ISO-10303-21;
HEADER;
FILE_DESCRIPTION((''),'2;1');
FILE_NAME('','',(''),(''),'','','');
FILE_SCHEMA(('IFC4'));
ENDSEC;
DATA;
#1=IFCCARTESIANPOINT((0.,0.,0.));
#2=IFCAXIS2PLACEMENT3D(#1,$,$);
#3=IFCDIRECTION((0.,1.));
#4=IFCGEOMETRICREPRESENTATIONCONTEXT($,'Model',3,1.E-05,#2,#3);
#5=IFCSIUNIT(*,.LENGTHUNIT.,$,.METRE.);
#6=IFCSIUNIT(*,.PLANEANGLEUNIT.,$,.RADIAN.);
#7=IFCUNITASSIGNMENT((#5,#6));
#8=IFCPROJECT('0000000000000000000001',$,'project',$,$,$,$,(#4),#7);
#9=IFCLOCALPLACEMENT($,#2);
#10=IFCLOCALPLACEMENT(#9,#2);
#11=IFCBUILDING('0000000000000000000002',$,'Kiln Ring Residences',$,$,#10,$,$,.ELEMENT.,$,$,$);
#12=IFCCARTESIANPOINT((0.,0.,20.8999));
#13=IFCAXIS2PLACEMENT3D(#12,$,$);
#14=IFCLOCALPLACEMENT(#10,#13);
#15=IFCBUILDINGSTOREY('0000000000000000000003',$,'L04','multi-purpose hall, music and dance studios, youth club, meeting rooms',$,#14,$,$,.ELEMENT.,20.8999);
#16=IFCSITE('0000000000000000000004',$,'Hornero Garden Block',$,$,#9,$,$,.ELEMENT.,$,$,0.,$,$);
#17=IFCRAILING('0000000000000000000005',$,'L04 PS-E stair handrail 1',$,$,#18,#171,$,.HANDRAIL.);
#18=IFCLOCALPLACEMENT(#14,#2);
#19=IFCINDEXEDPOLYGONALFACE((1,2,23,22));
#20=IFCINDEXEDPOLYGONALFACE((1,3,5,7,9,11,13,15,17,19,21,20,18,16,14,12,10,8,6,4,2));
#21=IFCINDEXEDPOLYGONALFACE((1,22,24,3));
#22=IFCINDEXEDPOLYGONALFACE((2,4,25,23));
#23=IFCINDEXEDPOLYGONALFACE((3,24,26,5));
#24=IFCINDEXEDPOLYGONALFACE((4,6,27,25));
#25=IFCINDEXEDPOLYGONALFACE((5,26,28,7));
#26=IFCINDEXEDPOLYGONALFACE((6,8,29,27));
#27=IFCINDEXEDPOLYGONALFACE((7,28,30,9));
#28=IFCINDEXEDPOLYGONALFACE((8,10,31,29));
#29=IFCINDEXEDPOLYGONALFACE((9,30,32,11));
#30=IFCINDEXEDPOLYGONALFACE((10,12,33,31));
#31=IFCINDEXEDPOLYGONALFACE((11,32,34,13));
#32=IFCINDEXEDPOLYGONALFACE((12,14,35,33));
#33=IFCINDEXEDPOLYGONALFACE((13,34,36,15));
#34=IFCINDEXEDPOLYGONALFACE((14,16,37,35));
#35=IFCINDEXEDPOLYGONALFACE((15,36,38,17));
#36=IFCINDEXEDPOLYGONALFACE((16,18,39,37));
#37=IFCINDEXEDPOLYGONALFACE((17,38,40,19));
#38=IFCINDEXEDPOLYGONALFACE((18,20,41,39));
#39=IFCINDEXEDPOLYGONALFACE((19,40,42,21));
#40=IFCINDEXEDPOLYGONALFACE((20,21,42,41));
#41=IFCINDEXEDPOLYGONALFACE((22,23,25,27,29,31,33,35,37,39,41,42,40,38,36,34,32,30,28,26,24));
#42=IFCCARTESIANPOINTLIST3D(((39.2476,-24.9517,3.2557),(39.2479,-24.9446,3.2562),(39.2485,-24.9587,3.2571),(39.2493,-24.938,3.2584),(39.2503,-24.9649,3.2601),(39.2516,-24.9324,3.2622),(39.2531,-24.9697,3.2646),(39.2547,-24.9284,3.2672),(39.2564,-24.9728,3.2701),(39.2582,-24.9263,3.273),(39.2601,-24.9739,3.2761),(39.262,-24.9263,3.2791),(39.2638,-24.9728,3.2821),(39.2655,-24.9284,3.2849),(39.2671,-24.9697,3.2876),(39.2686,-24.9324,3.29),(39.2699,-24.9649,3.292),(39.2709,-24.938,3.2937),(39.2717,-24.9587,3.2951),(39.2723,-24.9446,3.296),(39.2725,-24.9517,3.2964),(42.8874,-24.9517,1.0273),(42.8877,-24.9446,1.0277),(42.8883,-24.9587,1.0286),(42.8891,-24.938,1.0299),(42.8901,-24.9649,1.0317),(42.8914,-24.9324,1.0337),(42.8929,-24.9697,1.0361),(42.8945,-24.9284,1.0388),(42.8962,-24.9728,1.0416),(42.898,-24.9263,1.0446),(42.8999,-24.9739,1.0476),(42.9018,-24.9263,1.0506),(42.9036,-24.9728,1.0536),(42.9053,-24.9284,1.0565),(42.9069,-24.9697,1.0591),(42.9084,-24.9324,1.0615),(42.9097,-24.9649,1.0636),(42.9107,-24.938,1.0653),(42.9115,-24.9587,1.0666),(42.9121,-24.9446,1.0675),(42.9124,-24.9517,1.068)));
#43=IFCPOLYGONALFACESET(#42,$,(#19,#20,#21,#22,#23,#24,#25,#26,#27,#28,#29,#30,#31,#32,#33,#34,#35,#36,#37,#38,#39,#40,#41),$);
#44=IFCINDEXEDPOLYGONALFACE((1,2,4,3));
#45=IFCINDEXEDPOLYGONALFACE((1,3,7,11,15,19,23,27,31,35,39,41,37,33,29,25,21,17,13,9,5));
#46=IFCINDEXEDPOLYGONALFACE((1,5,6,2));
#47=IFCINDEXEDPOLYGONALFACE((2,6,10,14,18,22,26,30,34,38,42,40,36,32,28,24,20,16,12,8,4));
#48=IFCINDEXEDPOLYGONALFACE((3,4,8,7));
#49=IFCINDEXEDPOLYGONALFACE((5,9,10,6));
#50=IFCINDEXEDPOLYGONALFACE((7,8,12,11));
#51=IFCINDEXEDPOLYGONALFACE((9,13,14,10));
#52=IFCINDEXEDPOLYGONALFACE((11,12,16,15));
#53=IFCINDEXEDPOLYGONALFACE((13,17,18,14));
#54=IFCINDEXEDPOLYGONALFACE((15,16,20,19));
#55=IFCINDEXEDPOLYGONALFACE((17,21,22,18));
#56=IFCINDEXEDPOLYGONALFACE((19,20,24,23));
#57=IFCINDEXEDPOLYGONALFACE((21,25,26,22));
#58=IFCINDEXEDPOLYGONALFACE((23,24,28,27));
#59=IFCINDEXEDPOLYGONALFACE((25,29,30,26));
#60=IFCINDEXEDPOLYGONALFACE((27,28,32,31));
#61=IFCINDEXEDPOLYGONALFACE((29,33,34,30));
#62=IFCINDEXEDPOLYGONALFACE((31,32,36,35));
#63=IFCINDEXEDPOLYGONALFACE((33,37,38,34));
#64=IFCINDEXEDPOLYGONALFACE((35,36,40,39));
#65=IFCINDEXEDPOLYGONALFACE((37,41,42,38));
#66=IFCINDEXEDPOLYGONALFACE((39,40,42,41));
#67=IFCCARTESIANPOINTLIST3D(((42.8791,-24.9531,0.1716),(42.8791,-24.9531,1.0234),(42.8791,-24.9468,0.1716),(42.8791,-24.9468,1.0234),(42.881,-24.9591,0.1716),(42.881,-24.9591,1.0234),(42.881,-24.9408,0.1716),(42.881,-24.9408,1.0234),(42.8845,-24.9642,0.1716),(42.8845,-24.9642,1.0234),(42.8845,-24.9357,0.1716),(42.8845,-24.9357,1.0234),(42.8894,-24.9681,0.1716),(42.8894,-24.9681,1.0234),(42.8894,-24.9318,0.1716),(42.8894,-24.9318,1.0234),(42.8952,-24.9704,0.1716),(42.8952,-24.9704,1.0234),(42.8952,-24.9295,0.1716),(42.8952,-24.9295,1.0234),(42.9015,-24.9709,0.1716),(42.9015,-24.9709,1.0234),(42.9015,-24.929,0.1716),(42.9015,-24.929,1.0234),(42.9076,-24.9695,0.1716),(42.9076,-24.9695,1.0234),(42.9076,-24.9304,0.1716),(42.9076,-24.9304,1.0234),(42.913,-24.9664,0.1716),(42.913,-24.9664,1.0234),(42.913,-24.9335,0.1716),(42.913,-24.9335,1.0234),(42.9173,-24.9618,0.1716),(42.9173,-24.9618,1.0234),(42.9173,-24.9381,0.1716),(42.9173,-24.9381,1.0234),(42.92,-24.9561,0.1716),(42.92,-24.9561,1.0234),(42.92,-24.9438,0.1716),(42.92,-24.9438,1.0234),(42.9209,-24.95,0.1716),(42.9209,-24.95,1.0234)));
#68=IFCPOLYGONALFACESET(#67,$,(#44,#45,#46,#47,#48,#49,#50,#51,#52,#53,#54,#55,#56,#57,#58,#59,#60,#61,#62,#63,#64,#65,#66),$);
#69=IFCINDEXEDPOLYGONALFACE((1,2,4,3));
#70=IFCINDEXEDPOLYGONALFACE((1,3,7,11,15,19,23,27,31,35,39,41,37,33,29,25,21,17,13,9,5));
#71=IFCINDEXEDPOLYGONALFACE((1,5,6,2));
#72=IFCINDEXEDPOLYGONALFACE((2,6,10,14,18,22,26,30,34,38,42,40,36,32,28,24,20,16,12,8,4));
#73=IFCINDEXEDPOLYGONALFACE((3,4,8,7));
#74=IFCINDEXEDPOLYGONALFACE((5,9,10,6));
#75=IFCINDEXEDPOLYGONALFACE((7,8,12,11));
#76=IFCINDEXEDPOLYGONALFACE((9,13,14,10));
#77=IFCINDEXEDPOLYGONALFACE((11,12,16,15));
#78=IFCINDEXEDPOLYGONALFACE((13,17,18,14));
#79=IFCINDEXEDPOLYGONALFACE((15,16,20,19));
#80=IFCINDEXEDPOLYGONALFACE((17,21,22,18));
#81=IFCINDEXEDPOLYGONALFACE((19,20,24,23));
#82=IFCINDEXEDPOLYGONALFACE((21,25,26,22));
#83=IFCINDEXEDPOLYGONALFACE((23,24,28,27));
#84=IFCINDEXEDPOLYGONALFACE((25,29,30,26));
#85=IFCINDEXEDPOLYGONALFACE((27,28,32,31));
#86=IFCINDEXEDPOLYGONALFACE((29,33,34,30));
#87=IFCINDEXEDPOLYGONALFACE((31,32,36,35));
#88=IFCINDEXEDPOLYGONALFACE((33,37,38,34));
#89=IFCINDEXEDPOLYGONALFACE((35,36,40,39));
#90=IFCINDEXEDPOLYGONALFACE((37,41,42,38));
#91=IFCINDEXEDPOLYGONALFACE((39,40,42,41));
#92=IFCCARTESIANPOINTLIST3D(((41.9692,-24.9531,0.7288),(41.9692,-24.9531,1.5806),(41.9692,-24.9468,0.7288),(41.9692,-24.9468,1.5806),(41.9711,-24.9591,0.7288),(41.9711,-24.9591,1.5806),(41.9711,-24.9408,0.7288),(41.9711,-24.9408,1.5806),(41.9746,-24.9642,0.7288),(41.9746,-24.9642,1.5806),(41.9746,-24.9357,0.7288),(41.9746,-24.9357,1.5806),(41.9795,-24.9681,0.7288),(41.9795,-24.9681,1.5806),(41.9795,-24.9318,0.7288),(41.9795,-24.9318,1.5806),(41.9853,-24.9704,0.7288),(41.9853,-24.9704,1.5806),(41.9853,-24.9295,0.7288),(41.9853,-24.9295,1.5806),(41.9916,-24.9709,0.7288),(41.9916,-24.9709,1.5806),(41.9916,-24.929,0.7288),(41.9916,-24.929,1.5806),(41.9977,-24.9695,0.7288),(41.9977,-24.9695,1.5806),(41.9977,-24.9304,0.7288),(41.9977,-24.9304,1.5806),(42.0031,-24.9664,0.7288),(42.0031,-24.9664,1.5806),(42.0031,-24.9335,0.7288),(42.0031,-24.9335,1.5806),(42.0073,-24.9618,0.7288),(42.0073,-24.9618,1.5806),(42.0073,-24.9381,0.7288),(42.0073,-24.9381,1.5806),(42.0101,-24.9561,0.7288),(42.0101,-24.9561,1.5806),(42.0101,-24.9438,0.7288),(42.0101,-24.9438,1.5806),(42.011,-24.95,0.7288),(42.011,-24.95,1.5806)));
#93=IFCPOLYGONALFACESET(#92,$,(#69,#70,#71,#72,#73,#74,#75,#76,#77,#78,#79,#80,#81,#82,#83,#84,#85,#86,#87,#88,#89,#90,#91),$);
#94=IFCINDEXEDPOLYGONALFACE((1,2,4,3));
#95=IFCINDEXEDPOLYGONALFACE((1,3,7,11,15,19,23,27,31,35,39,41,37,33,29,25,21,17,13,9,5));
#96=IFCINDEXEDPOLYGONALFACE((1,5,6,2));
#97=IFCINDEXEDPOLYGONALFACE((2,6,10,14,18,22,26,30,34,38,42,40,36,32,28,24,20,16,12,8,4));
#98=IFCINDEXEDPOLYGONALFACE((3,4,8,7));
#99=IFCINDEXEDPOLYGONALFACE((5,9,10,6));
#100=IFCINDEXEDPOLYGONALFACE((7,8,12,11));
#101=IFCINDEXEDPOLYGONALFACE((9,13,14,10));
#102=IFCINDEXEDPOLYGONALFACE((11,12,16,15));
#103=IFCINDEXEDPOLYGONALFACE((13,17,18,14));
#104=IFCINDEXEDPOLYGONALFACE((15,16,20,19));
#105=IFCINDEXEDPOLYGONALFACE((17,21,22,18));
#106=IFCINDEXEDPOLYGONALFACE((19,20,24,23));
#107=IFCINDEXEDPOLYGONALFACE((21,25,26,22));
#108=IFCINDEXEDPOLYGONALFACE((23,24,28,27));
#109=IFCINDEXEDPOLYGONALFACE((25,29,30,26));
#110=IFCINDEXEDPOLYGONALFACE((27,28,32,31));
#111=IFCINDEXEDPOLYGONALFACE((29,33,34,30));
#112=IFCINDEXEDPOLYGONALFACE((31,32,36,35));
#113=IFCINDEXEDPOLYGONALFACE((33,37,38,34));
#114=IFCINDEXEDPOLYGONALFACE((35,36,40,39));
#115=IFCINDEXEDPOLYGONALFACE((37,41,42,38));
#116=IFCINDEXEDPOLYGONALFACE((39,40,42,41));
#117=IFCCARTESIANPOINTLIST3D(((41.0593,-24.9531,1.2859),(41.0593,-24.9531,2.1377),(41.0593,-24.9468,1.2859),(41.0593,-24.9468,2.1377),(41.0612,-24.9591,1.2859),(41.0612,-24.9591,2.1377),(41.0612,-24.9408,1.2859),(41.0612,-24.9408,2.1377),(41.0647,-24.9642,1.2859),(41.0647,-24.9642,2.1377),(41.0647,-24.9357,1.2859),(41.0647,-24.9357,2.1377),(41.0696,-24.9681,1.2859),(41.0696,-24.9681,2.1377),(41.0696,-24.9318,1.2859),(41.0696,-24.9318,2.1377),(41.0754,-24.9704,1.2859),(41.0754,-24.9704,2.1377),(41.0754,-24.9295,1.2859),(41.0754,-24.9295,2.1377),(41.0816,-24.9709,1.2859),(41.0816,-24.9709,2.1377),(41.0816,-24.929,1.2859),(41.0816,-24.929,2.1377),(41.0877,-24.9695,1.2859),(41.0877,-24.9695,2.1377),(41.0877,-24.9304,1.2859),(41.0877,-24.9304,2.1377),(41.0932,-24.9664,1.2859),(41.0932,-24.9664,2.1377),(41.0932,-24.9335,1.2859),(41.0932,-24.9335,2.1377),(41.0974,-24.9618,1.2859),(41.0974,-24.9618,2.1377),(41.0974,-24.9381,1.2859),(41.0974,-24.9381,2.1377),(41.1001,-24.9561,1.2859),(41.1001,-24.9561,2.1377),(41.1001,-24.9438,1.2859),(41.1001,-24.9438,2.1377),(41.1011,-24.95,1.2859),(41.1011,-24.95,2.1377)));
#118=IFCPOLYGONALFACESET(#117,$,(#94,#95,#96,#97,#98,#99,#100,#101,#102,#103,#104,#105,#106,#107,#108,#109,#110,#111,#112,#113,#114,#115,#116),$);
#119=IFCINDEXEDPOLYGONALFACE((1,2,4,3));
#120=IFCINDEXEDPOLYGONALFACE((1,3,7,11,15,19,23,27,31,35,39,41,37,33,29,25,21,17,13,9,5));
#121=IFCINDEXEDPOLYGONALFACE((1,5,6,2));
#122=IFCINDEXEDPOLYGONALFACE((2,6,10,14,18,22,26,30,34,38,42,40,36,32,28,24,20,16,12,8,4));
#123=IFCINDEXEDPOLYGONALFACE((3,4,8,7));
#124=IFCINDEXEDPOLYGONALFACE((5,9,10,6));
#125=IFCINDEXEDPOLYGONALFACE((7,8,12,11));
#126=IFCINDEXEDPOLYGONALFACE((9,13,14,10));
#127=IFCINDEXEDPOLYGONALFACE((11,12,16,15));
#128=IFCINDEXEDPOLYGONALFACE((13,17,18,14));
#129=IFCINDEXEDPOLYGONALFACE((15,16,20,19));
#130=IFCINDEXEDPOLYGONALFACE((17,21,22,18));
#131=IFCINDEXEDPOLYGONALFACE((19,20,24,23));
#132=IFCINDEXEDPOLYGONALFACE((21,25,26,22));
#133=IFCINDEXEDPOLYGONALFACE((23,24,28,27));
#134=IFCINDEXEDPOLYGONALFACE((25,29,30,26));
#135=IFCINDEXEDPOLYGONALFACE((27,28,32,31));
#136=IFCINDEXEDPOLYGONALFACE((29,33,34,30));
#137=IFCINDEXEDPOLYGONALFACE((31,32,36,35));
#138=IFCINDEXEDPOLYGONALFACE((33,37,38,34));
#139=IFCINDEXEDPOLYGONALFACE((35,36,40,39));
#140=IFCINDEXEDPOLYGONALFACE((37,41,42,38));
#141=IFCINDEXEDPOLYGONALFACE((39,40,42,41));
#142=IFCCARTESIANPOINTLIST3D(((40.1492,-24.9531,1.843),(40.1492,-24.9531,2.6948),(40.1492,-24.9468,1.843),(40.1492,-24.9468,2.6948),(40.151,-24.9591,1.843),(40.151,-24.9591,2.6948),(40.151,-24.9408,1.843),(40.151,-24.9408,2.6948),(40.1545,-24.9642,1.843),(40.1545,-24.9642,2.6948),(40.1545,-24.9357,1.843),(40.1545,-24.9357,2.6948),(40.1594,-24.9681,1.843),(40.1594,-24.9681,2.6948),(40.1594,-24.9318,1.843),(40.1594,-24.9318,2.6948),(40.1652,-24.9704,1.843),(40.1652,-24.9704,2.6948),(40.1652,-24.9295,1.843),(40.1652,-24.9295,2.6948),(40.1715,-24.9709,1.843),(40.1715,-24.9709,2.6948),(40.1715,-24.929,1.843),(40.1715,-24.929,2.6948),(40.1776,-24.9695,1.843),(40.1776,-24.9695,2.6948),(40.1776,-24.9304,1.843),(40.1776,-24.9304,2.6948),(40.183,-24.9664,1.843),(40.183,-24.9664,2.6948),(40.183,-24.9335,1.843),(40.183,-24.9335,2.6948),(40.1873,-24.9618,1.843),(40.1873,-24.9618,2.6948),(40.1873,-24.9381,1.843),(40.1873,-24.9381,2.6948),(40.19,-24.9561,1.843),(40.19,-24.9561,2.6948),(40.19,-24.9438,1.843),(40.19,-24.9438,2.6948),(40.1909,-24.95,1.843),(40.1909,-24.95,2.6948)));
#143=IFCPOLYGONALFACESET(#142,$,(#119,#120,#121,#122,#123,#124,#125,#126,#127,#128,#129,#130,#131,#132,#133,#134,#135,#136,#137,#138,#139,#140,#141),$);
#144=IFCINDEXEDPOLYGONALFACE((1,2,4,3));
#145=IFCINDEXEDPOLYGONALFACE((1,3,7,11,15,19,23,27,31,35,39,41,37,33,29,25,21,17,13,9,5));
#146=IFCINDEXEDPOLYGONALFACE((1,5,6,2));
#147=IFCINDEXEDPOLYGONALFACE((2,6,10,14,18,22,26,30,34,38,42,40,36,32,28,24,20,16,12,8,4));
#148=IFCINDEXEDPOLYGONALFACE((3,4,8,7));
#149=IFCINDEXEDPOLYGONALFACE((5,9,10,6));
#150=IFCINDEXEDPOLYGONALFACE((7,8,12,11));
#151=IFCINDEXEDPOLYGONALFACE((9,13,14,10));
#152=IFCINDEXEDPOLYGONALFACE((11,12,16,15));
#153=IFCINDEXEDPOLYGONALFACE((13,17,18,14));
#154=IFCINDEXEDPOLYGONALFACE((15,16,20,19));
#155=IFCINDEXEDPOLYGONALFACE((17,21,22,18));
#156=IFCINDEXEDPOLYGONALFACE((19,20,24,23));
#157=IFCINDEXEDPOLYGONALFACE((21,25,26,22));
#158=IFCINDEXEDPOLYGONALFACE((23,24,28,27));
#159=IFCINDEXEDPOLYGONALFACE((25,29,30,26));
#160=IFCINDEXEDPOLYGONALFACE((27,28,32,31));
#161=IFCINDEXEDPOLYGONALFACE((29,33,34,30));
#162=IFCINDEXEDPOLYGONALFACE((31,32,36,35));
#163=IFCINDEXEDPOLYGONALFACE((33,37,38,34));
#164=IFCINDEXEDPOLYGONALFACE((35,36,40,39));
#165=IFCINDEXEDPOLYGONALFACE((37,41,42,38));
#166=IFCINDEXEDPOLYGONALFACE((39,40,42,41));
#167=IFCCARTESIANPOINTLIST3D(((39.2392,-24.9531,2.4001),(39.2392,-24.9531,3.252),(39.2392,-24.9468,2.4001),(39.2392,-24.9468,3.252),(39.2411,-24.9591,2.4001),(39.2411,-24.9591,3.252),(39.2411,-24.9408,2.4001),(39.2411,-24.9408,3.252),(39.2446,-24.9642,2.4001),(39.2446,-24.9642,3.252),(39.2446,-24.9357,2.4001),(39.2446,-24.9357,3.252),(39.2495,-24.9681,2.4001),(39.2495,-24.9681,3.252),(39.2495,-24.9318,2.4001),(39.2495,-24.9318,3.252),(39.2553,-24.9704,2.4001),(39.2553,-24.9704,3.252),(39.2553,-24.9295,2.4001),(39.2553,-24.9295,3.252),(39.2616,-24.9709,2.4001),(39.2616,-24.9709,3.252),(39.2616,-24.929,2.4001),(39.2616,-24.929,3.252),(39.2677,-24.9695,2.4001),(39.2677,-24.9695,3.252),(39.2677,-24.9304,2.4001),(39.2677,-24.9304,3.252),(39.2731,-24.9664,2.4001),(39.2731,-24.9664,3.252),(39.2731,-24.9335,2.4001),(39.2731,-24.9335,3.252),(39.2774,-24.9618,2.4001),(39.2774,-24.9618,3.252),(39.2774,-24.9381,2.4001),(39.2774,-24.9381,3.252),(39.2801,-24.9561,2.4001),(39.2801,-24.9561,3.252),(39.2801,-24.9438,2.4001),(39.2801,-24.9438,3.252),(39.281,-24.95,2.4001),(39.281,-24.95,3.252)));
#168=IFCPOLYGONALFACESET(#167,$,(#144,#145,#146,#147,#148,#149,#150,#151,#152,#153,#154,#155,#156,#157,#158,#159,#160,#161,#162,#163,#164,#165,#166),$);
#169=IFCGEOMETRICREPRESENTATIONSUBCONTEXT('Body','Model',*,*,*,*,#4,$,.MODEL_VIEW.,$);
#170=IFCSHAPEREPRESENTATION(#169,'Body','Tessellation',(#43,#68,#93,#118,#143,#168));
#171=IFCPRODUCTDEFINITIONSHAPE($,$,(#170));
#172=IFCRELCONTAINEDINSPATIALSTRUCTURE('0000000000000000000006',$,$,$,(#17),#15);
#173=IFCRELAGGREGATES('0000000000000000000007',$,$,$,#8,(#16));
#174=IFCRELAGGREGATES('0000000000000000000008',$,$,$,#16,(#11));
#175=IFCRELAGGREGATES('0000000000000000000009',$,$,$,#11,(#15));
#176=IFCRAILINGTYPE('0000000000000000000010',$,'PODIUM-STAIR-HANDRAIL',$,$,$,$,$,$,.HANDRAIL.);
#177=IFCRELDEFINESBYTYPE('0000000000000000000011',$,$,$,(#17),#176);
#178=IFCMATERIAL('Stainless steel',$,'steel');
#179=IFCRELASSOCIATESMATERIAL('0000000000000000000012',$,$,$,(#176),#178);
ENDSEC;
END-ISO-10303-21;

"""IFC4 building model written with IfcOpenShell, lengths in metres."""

from ifc_helpers import new_model, si_unit, direction, frame, origin, origin_2d, place, context, subcontext, project, spatial, circle, extrude, material, type_object, element, save


model = new_model("IFC4")

# Units and contexts
model_context = context("Model", 3, precision=1e-05, world=origin(), true_north=direction((0.0, 1.0)))
body_context = subcontext(model_context, "Body", "Model", "MODEL_VIEW")
ifc_project = project(units=[si_unit("LENGTHUNIT", "METRE"), si_unit("PLANEANGLEUNIT", "RADIAN")], contexts=[model_context])

# Site, building, storey
site_placement = place(None, origin())
site = spatial("IfcSite", under=ifc_project, at=site_placement, Name="Hornero Garden Block", CompositionType="ELEMENT", RefElevation=0.0)
building_placement = place(site_placement, origin())
building = spatial("IfcBuilding", under=site, at=building_placement, Name="Kiln Ring Residences", CompositionType="ELEMENT")
storey_placement = place(building_placement, frame((0.0, 0.0, 20.8999)))
storey = spatial("IfcBuildingStorey", under=building, at=storey_placement, Name="L04", Description="multi-purpose hall, music and dance studios, youth club, meeting rooms", CompositionType="ELEMENT", Elevation=20.8999)

# Railing
ifc_material_1 = material(Name="Stainless steel", Category="steel")
railing_type_1 = type_object("IfcRailingType", Name="PODIUM-STAIR-HANDRAIL", PredefinedType="HANDRAIL", material=ifc_material_1)
railing_1_placement = place(storey_placement, frame((42.8999, -24.95, 0.1716)))
element("IfcRailing", 1, at=railing_1_placement, inside=storey, type_object=railing_type_1, Name="L04 PS-E stair handrail 1", PredefinedType="HANDRAIL", context=body_context, shape_type="SweptSolid", body=[
    extrude(circle(Radius=0.0239, at=origin_2d()), frame((0.0, 0.0, 0.876), z_axis=(-0.85285, 0.0, 0.522156), x_axis=(0.0, -1.0, 0.0)), (0.0, 0.0, 1.0), 4.2678),
    extrude(circle(Radius=0.021, at=origin_2d()), origin(), (0.0, 0.0, 1.0), 0.8518),
    extrude(circle(Radius=0.021, at=origin_2d()), frame((-0.9099, 0.0, 0.5571)), (0.0, 0.0, 1.0), 0.8518),
    extrude(circle(Radius=0.021, at=origin_2d()), frame((-1.8198, 0.0, 1.1143)), (0.0, 0.0, 1.0), 0.8518),
    extrude(circle(Radius=0.021, at=origin_2d()), frame((-2.73, 0.0, 1.6714)), (0.0, 0.0, 1.0), 0.8518),
    extrude(circle(Radius=0.021, at=origin_2d()), frame((-3.6399, 0.0, 2.2285)), (0.0, 0.0, 1.0), 0.8518),
])

save(model, "model.ifc")
